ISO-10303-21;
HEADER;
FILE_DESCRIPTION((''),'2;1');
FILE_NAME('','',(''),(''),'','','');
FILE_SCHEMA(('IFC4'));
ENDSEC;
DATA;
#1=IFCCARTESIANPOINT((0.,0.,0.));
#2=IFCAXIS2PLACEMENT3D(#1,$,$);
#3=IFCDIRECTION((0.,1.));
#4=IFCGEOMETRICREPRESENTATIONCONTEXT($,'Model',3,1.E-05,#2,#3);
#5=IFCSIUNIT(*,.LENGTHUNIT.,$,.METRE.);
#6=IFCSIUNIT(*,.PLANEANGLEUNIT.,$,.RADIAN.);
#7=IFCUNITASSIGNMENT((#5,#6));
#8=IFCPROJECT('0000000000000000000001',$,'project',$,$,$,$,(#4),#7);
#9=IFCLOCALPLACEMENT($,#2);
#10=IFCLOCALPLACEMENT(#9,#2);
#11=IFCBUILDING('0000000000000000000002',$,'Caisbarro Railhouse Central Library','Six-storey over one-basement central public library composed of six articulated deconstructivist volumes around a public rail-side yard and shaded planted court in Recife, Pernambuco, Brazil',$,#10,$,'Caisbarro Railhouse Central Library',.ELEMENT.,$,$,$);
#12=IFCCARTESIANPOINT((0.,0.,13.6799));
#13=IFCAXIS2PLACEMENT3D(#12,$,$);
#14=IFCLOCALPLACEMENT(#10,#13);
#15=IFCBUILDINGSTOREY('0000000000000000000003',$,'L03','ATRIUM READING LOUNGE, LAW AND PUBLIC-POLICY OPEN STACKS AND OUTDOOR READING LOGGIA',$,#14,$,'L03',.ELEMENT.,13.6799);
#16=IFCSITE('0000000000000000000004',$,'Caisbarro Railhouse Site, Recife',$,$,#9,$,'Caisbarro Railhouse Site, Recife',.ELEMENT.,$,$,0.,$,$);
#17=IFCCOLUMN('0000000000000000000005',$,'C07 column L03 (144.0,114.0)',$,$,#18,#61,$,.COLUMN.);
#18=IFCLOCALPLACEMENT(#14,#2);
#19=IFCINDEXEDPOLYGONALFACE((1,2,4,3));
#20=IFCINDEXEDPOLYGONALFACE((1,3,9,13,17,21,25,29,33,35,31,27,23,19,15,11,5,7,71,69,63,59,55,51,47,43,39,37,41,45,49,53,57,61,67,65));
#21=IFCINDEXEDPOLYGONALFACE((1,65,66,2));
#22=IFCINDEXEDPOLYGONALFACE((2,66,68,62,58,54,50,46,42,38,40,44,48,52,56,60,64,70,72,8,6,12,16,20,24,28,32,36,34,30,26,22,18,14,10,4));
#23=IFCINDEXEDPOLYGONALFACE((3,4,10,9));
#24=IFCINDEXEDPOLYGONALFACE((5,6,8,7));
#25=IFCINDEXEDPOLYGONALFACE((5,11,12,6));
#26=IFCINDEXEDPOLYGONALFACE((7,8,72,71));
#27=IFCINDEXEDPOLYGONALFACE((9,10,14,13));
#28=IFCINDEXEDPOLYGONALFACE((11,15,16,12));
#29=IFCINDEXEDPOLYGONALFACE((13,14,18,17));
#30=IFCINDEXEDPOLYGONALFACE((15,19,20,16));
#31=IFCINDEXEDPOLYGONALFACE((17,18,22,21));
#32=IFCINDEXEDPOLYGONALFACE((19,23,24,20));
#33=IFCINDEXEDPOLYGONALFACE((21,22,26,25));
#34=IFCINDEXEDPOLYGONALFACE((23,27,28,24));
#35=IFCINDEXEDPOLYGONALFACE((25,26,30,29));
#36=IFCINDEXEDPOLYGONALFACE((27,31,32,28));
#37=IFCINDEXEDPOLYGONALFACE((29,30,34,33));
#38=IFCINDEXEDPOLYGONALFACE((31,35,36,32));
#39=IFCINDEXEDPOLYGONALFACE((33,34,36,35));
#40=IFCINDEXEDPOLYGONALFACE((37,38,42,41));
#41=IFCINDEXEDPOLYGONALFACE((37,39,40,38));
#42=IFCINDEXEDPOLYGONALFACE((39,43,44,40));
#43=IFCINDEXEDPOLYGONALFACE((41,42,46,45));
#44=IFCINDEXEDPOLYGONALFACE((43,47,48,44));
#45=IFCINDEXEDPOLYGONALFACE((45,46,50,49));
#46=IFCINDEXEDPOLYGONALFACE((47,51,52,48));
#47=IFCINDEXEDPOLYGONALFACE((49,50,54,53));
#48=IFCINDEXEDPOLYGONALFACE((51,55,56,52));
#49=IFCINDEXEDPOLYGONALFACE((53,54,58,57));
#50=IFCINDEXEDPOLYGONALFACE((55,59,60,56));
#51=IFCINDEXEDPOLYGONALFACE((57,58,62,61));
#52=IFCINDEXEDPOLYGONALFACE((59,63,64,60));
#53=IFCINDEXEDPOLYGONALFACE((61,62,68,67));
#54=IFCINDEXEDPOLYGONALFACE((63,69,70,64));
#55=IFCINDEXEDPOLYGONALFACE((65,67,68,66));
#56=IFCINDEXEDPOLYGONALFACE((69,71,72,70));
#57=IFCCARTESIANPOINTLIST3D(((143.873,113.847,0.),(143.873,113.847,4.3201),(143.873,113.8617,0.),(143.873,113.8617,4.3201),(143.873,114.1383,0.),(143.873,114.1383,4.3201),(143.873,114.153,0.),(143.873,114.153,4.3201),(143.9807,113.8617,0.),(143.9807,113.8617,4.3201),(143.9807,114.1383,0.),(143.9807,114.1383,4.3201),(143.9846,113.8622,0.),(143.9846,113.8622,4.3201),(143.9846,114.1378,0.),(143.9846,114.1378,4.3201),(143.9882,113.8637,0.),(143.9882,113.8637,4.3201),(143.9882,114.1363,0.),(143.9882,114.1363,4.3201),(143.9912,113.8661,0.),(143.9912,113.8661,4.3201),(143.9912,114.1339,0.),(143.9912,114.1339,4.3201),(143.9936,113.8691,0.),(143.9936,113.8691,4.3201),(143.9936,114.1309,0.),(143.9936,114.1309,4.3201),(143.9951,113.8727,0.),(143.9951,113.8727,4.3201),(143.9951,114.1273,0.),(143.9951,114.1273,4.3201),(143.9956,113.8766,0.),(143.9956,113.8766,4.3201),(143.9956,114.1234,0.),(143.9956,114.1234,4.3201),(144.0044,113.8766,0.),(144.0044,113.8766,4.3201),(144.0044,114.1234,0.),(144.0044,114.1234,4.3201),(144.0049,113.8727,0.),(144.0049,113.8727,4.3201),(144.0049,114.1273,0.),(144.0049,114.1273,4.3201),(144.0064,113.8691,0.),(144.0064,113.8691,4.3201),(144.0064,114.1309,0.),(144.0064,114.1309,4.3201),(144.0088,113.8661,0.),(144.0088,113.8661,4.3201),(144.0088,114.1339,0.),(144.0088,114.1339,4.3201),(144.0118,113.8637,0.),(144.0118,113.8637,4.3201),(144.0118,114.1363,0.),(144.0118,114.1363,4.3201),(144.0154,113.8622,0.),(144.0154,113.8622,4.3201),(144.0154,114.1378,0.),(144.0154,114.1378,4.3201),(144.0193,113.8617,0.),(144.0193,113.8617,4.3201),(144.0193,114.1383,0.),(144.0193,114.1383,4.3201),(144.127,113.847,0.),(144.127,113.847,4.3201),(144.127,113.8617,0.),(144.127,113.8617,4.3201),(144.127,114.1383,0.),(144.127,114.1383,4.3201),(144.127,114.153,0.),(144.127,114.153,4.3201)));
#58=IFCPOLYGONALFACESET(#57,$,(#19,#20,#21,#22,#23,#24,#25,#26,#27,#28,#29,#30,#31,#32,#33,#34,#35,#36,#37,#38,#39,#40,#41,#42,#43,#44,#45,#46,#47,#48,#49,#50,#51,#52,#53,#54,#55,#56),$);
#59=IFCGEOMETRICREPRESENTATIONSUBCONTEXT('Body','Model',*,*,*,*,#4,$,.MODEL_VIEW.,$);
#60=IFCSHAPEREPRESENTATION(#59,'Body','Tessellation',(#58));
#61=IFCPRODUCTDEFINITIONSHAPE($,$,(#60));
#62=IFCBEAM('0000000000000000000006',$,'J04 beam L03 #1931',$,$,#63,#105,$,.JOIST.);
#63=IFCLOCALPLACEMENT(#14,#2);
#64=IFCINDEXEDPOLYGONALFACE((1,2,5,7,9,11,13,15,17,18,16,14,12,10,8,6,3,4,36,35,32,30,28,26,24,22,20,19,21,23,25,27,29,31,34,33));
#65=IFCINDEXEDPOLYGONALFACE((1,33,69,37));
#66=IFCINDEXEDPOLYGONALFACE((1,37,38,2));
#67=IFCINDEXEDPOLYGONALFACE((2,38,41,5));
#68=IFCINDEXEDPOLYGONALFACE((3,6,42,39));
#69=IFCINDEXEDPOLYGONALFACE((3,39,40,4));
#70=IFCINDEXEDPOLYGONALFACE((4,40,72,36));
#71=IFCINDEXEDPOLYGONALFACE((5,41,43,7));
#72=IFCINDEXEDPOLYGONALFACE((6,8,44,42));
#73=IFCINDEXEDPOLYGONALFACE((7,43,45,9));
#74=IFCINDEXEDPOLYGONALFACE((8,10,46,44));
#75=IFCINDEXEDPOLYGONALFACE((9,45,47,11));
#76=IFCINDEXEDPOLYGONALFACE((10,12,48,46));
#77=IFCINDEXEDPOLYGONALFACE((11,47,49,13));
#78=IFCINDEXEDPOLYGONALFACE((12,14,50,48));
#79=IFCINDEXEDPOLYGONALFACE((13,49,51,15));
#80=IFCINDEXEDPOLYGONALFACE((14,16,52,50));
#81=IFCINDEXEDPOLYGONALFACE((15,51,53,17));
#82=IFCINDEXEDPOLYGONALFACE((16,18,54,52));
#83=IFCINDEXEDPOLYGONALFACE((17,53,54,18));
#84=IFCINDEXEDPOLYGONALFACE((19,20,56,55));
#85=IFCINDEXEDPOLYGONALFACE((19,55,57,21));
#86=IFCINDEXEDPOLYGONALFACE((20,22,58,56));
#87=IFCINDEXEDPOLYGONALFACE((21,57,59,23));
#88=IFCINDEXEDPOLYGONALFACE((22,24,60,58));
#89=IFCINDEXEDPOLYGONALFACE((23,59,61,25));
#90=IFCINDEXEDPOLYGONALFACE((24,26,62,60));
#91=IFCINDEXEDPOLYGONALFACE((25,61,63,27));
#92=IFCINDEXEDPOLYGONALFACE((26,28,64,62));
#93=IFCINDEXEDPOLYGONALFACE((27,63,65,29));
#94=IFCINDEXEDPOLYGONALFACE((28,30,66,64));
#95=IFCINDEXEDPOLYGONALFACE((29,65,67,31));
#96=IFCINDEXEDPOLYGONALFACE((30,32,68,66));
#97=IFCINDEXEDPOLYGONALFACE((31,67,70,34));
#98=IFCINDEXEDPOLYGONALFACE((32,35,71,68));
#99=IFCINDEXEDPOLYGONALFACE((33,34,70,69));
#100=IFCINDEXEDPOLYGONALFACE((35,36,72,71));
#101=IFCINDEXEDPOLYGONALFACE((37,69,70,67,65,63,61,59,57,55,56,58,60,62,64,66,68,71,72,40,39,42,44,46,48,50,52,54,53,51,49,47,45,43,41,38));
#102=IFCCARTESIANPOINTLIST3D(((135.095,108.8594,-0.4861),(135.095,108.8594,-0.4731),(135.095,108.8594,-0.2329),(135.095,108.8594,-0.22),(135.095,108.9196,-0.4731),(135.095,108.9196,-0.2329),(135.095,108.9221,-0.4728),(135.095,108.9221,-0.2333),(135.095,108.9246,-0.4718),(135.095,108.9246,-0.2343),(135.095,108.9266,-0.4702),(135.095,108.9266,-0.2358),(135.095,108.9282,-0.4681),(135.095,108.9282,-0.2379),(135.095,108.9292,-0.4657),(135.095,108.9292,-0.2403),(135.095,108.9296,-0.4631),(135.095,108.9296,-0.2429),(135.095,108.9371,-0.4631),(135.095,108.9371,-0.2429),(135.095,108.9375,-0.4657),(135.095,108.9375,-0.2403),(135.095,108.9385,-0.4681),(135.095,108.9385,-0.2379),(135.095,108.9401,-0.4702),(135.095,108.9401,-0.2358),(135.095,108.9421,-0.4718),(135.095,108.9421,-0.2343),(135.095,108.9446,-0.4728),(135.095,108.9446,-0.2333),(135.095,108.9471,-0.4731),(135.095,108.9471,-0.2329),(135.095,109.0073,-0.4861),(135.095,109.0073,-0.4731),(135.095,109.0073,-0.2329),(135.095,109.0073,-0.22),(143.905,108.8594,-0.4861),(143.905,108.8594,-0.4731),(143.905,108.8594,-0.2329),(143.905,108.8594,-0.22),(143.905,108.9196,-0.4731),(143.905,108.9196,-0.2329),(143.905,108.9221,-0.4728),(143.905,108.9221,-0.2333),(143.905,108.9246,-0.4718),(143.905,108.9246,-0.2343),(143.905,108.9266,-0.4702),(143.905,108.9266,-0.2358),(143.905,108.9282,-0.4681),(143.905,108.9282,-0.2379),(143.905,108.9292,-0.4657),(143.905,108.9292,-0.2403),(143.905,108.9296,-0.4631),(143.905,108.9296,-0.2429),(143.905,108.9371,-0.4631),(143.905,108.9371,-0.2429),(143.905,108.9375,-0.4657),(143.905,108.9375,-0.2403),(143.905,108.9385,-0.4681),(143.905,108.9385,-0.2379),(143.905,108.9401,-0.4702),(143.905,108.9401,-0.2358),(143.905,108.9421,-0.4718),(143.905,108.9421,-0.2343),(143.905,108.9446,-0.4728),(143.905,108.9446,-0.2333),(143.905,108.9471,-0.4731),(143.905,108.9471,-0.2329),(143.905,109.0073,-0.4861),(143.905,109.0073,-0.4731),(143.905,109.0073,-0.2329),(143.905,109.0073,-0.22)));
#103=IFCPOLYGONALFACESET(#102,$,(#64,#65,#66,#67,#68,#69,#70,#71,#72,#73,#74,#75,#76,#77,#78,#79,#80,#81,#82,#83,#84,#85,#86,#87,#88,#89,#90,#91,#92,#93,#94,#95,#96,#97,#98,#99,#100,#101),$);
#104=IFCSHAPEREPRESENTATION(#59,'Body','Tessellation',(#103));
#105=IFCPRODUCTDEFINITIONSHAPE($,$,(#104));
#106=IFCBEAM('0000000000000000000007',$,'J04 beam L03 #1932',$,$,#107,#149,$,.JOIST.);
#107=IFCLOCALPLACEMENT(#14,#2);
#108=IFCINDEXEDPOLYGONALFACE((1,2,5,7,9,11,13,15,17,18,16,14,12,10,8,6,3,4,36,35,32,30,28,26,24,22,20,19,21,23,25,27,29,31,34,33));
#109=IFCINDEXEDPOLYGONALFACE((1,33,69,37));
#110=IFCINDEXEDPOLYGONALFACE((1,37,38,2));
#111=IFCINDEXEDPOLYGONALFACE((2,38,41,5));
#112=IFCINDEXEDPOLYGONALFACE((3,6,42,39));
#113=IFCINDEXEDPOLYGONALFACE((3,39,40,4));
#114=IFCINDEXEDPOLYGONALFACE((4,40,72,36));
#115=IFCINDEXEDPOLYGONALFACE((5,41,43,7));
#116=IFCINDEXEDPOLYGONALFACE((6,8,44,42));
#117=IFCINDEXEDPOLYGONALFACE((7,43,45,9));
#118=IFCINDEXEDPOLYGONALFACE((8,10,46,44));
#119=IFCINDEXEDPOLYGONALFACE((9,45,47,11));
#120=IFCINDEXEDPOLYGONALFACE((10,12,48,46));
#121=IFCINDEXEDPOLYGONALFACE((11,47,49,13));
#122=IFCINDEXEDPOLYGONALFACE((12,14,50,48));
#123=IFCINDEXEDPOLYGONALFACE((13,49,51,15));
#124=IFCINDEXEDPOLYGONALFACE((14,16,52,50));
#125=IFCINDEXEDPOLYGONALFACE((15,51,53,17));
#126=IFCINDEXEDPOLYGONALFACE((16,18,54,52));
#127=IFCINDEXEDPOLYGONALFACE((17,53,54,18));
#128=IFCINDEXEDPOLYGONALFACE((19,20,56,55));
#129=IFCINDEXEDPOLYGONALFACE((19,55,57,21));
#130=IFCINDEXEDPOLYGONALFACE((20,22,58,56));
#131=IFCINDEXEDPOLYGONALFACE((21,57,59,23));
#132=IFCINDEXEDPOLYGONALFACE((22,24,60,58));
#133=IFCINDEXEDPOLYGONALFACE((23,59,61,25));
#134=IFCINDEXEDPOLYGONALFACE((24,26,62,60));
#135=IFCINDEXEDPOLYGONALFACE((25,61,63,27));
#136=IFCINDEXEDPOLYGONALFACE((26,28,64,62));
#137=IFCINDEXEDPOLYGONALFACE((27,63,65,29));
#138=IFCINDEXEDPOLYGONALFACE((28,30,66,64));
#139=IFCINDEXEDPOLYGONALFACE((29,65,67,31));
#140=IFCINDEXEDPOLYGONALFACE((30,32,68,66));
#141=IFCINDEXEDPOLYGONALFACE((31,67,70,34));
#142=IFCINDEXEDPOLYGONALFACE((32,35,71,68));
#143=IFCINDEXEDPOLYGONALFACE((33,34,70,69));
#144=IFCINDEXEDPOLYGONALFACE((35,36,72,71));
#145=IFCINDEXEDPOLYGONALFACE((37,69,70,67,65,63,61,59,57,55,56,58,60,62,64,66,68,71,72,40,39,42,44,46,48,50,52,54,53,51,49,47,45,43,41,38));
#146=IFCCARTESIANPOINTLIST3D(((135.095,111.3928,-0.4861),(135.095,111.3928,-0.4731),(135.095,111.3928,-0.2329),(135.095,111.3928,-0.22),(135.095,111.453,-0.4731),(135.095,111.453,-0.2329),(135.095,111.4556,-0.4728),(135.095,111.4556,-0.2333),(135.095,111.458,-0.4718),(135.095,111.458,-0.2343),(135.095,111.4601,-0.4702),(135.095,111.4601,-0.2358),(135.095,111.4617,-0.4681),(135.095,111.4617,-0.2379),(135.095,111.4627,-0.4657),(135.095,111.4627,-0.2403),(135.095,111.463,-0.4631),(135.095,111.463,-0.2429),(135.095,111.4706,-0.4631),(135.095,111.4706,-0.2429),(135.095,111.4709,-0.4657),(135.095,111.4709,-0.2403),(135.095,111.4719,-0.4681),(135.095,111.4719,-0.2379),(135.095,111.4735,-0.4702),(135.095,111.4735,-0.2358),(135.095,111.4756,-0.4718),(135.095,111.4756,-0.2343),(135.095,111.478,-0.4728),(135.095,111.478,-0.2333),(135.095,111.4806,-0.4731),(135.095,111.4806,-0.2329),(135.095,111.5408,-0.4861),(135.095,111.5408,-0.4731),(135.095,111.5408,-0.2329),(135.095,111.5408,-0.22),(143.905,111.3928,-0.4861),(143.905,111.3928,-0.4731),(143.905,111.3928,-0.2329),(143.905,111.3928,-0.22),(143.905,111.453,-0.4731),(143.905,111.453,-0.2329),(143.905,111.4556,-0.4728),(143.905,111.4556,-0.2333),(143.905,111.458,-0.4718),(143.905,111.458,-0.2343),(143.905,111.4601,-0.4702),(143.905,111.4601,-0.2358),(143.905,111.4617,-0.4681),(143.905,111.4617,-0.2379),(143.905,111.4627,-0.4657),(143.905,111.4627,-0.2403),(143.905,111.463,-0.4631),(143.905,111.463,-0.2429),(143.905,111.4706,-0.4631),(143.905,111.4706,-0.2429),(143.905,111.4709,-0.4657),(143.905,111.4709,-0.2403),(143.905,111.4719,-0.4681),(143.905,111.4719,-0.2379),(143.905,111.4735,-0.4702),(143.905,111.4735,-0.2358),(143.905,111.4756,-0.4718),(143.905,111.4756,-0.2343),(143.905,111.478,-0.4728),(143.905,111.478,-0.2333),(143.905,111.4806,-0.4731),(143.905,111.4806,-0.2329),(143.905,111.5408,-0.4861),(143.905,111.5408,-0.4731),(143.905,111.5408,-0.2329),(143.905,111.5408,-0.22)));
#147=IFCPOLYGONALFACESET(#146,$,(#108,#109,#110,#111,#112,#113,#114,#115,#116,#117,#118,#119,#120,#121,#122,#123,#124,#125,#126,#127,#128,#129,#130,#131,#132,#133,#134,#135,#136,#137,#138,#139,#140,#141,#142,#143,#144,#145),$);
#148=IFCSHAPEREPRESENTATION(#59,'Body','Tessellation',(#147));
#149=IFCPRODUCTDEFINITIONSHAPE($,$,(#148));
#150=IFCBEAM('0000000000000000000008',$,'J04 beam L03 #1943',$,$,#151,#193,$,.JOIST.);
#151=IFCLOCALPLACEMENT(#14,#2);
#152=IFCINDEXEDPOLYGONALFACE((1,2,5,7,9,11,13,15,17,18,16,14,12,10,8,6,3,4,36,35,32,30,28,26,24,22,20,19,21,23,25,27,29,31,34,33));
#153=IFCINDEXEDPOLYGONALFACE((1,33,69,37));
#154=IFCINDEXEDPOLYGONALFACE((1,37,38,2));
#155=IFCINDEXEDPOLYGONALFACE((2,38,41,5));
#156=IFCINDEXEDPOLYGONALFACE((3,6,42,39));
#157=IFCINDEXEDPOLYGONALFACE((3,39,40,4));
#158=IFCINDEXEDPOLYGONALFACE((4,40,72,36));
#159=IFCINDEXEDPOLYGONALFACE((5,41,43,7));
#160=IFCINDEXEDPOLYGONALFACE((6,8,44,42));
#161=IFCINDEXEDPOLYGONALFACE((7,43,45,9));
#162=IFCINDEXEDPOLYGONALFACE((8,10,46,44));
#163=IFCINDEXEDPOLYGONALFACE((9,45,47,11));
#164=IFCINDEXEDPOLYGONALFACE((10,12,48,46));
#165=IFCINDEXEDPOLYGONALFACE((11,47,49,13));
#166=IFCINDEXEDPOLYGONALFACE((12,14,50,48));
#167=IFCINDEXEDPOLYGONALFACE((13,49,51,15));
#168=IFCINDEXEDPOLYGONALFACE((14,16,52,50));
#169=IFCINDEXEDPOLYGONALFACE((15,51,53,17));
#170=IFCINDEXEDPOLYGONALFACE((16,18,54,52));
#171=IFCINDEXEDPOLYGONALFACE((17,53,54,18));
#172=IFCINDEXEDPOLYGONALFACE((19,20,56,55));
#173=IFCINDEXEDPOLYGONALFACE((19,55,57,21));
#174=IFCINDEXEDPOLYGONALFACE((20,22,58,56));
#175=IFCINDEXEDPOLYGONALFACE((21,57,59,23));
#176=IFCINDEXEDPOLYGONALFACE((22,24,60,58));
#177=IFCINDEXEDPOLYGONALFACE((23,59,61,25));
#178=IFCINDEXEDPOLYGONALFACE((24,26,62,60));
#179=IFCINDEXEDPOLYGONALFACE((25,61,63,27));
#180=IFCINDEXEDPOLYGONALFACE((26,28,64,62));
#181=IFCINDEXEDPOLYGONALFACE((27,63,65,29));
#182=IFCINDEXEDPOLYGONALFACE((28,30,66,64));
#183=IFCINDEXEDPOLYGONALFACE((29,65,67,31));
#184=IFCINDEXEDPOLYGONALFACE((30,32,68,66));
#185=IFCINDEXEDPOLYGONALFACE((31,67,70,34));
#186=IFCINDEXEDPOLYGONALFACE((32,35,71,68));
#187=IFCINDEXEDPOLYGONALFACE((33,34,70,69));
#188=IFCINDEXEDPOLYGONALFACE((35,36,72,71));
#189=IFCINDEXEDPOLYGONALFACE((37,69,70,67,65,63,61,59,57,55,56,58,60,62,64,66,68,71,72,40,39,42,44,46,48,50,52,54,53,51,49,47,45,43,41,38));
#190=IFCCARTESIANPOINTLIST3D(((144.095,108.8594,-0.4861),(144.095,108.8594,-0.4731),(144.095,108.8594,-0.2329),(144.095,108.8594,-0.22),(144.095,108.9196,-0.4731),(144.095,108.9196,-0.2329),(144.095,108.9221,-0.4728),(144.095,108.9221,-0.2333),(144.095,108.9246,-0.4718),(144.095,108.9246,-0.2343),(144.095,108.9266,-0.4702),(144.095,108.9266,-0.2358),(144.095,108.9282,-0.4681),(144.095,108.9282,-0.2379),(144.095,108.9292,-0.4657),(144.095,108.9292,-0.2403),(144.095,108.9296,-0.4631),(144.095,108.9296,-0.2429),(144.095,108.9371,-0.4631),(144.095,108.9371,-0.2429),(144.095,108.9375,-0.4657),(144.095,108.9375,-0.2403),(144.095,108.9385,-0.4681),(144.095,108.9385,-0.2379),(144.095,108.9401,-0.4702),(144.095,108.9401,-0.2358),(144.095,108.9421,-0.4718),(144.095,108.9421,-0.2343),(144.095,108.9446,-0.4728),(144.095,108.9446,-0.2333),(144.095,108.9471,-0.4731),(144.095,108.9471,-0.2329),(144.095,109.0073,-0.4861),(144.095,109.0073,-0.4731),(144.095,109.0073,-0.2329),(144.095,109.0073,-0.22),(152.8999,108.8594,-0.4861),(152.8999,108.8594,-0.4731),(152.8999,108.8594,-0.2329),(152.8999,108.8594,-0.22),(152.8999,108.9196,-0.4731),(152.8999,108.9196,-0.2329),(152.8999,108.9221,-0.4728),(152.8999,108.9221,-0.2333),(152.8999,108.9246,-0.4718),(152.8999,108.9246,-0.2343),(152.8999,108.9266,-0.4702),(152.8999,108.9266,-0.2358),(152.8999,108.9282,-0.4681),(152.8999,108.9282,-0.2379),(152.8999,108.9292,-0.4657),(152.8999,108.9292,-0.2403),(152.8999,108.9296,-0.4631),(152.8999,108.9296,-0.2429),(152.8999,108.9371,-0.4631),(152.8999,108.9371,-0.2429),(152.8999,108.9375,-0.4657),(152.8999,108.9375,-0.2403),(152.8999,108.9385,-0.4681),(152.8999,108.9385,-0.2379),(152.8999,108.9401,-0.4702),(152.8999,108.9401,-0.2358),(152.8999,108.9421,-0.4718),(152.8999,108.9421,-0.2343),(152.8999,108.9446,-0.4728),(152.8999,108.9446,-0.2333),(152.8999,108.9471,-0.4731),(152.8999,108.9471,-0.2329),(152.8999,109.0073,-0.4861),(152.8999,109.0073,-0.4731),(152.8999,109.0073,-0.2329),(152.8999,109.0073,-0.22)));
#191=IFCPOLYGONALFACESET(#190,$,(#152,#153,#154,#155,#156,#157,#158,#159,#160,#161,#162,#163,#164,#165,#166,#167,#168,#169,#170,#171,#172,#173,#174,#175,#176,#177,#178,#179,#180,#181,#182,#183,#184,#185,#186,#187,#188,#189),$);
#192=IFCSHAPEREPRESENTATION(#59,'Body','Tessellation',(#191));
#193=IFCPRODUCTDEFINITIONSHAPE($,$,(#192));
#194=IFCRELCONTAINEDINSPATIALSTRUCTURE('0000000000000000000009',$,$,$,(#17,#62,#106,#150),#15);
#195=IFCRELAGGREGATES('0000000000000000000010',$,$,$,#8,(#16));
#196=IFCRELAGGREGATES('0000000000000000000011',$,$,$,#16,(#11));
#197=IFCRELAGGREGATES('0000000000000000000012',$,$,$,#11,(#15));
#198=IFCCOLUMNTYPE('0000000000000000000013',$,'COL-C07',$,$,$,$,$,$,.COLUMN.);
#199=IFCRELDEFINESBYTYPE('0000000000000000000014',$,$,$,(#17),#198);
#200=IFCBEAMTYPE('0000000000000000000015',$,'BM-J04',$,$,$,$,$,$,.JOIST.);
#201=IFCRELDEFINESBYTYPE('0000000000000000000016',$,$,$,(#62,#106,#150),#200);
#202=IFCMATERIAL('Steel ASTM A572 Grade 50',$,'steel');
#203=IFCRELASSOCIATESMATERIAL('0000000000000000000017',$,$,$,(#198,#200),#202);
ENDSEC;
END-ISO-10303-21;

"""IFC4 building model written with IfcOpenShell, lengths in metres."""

from ifc_helpers import new_model, si_unit, direction, frame, origin, origin_2d, place, context, subcontext, project, spatial, i_section, extrude, material, material_profile, profile_set, type_object, element, save


model = new_model("IFC4")

# Units and contexts
model_context = context("Model", 3, precision=1e-05, world=origin(), true_north=direction((0.0, 1.0)))
body_context = subcontext(model_context, "Body", "Model", "MODEL_VIEW")
ifc_project = project(units=[si_unit("LENGTHUNIT", "METRE"), si_unit("PLANEANGLEUNIT", "RADIAN")], contexts=[model_context])

# Site, building, storey
site_placement = place(None, origin())
site = spatial("IfcSite", under=ifc_project, at=site_placement, Name="Caisbarro Railhouse Site, Recife", LongName="Caisbarro Railhouse Site, Recife", CompositionType="ELEMENT", RefElevation=0.0)
building_placement = place(site_placement, origin())
building = spatial("IfcBuilding", under=site, at=building_placement, Name="Caisbarro Railhouse Central Library", Description="Six-storey over one-basement central public library composed of six articulated deconstructivist volumes around a public rail-side yard and shaded planted court in Recife, Pernambuco, Brazil", LongName="Caisbarro Railhouse Central Library", CompositionType="ELEMENT")
storey_placement = place(building_placement, frame((0.0, 0.0, 13.6799)))
storey = spatial("IfcBuildingStorey", under=building, at=storey_placement, Name="L03", Description="ATRIUM READING LOUNGE, LAW AND PUBLIC-POLICY OPEN STACKS AND OUTDOOR READING LOGGIA", LongName="L03", CompositionType="ELEMENT", Elevation=13.6799)

# Column
ifc_material_1 = material(Name="Steel ASTM A572 Grade 50", Category="steel")
ifc_material_profile_1 = material_profile(ifc_material_1, i_section(OverallWidth=0.2539, OverallDepth=0.3059, WebThickness=0.0088, FlangeThickness=0.0146, FilletRadius=0.0149, at=origin_2d()), Name="W310X79.0")
ifc_profile_set_1 = profile_set([ifc_material_profile_1], Name="Steel ASTM A572 Grade 50")
column_type = type_object("IfcColumnType", Name="COL-C07", PredefinedType="COLUMN", material=ifc_profile_set_1)
column_placement = place(storey_placement, frame((144.0, 114.0, 0.0), z_axis=(0.0, 0.0, 1.0), x_axis=(1.0, 0.0, 0.0)))
element("IfcColumn", 1, at=column_placement, inside=storey, type_object=column_type, Name="C07 column L03 (144.0,114.0)", PredefinedType="COLUMN", context=body_context, shape_type="SweptSolid", body=[
    extrude(i_section(OverallWidth=0.2539, OverallDepth=0.3059, WebThickness=0.0088, FlangeThickness=0.0146, FilletRadius=0.0149, at=origin_2d()), origin(), (0.0, 0.0, 1.0), 4.3201),
])

# Beams
ifc_material_profile_2 = material_profile(ifc_material_1, i_section(OverallWidth=0.1479, OverallDepth=0.2661, WebThickness=0.0076, FlangeThickness=0.0129, FilletRadius=0.01, at=origin_2d()), Name="W250X44.8")
ifc_profile_set_2 = profile_set([ifc_material_profile_2], Name="Steel ASTM A572 Grade 50")
beam_type_1 = type_object("IfcBeamType", Name="BM-J04", PredefinedType="JOIST", material=ifc_profile_set_2)
for number, where, z_axis, x_axis, name in (
    (2, (135.095, 108.9333, -0.353), (1.0, 0.0, 0.0), (0.0, 1.0, 0.0), "J04 beam L03 #1931"),
    (3, (135.095, 111.4668, -0.353), (1.0, 0.0, 0.0), (0.0, 1.0, 0.0), "J04 beam L03 #1932"),
):
    element("IfcBeam", number, at=place(storey_placement, frame(where, z_axis=z_axis, x_axis=x_axis)), inside=storey, type_object=beam_type_1, Name=name, PredefinedType="JOIST", context=body_context, shape_type="SweptSolid", body=[
        extrude(i_section(OverallWidth=0.1479, OverallDepth=0.2661, WebThickness=0.0076, FlangeThickness=0.0129, FilletRadius=0.01, at=origin_2d()), origin(), (0.0, 0.0, 1.0), 8.8101),
    ])
for number, where, z_axis, x_axis, name in (
    (4, (144.095, 108.9333, -0.353), (1.0, 0.0, 0.0), (0.0, 1.0, 0.0), "J04 beam L03 #1943"),
):
    element("IfcBeam", number, at=place(storey_placement, frame(where, z_axis=z_axis, x_axis=x_axis)), inside=storey, type_object=beam_type_1, Name=name, PredefinedType="JOIST", context=body_context, shape_type="SweptSolid", body=[
        extrude(i_section(OverallWidth=0.1479, OverallDepth=0.2661, WebThickness=0.0076, FlangeThickness=0.0129, FilletRadius=0.01, at=origin_2d()), origin(), (0.0, 0.0, 1.0), 8.8049),
    ])

save(model, "model.ifc")
